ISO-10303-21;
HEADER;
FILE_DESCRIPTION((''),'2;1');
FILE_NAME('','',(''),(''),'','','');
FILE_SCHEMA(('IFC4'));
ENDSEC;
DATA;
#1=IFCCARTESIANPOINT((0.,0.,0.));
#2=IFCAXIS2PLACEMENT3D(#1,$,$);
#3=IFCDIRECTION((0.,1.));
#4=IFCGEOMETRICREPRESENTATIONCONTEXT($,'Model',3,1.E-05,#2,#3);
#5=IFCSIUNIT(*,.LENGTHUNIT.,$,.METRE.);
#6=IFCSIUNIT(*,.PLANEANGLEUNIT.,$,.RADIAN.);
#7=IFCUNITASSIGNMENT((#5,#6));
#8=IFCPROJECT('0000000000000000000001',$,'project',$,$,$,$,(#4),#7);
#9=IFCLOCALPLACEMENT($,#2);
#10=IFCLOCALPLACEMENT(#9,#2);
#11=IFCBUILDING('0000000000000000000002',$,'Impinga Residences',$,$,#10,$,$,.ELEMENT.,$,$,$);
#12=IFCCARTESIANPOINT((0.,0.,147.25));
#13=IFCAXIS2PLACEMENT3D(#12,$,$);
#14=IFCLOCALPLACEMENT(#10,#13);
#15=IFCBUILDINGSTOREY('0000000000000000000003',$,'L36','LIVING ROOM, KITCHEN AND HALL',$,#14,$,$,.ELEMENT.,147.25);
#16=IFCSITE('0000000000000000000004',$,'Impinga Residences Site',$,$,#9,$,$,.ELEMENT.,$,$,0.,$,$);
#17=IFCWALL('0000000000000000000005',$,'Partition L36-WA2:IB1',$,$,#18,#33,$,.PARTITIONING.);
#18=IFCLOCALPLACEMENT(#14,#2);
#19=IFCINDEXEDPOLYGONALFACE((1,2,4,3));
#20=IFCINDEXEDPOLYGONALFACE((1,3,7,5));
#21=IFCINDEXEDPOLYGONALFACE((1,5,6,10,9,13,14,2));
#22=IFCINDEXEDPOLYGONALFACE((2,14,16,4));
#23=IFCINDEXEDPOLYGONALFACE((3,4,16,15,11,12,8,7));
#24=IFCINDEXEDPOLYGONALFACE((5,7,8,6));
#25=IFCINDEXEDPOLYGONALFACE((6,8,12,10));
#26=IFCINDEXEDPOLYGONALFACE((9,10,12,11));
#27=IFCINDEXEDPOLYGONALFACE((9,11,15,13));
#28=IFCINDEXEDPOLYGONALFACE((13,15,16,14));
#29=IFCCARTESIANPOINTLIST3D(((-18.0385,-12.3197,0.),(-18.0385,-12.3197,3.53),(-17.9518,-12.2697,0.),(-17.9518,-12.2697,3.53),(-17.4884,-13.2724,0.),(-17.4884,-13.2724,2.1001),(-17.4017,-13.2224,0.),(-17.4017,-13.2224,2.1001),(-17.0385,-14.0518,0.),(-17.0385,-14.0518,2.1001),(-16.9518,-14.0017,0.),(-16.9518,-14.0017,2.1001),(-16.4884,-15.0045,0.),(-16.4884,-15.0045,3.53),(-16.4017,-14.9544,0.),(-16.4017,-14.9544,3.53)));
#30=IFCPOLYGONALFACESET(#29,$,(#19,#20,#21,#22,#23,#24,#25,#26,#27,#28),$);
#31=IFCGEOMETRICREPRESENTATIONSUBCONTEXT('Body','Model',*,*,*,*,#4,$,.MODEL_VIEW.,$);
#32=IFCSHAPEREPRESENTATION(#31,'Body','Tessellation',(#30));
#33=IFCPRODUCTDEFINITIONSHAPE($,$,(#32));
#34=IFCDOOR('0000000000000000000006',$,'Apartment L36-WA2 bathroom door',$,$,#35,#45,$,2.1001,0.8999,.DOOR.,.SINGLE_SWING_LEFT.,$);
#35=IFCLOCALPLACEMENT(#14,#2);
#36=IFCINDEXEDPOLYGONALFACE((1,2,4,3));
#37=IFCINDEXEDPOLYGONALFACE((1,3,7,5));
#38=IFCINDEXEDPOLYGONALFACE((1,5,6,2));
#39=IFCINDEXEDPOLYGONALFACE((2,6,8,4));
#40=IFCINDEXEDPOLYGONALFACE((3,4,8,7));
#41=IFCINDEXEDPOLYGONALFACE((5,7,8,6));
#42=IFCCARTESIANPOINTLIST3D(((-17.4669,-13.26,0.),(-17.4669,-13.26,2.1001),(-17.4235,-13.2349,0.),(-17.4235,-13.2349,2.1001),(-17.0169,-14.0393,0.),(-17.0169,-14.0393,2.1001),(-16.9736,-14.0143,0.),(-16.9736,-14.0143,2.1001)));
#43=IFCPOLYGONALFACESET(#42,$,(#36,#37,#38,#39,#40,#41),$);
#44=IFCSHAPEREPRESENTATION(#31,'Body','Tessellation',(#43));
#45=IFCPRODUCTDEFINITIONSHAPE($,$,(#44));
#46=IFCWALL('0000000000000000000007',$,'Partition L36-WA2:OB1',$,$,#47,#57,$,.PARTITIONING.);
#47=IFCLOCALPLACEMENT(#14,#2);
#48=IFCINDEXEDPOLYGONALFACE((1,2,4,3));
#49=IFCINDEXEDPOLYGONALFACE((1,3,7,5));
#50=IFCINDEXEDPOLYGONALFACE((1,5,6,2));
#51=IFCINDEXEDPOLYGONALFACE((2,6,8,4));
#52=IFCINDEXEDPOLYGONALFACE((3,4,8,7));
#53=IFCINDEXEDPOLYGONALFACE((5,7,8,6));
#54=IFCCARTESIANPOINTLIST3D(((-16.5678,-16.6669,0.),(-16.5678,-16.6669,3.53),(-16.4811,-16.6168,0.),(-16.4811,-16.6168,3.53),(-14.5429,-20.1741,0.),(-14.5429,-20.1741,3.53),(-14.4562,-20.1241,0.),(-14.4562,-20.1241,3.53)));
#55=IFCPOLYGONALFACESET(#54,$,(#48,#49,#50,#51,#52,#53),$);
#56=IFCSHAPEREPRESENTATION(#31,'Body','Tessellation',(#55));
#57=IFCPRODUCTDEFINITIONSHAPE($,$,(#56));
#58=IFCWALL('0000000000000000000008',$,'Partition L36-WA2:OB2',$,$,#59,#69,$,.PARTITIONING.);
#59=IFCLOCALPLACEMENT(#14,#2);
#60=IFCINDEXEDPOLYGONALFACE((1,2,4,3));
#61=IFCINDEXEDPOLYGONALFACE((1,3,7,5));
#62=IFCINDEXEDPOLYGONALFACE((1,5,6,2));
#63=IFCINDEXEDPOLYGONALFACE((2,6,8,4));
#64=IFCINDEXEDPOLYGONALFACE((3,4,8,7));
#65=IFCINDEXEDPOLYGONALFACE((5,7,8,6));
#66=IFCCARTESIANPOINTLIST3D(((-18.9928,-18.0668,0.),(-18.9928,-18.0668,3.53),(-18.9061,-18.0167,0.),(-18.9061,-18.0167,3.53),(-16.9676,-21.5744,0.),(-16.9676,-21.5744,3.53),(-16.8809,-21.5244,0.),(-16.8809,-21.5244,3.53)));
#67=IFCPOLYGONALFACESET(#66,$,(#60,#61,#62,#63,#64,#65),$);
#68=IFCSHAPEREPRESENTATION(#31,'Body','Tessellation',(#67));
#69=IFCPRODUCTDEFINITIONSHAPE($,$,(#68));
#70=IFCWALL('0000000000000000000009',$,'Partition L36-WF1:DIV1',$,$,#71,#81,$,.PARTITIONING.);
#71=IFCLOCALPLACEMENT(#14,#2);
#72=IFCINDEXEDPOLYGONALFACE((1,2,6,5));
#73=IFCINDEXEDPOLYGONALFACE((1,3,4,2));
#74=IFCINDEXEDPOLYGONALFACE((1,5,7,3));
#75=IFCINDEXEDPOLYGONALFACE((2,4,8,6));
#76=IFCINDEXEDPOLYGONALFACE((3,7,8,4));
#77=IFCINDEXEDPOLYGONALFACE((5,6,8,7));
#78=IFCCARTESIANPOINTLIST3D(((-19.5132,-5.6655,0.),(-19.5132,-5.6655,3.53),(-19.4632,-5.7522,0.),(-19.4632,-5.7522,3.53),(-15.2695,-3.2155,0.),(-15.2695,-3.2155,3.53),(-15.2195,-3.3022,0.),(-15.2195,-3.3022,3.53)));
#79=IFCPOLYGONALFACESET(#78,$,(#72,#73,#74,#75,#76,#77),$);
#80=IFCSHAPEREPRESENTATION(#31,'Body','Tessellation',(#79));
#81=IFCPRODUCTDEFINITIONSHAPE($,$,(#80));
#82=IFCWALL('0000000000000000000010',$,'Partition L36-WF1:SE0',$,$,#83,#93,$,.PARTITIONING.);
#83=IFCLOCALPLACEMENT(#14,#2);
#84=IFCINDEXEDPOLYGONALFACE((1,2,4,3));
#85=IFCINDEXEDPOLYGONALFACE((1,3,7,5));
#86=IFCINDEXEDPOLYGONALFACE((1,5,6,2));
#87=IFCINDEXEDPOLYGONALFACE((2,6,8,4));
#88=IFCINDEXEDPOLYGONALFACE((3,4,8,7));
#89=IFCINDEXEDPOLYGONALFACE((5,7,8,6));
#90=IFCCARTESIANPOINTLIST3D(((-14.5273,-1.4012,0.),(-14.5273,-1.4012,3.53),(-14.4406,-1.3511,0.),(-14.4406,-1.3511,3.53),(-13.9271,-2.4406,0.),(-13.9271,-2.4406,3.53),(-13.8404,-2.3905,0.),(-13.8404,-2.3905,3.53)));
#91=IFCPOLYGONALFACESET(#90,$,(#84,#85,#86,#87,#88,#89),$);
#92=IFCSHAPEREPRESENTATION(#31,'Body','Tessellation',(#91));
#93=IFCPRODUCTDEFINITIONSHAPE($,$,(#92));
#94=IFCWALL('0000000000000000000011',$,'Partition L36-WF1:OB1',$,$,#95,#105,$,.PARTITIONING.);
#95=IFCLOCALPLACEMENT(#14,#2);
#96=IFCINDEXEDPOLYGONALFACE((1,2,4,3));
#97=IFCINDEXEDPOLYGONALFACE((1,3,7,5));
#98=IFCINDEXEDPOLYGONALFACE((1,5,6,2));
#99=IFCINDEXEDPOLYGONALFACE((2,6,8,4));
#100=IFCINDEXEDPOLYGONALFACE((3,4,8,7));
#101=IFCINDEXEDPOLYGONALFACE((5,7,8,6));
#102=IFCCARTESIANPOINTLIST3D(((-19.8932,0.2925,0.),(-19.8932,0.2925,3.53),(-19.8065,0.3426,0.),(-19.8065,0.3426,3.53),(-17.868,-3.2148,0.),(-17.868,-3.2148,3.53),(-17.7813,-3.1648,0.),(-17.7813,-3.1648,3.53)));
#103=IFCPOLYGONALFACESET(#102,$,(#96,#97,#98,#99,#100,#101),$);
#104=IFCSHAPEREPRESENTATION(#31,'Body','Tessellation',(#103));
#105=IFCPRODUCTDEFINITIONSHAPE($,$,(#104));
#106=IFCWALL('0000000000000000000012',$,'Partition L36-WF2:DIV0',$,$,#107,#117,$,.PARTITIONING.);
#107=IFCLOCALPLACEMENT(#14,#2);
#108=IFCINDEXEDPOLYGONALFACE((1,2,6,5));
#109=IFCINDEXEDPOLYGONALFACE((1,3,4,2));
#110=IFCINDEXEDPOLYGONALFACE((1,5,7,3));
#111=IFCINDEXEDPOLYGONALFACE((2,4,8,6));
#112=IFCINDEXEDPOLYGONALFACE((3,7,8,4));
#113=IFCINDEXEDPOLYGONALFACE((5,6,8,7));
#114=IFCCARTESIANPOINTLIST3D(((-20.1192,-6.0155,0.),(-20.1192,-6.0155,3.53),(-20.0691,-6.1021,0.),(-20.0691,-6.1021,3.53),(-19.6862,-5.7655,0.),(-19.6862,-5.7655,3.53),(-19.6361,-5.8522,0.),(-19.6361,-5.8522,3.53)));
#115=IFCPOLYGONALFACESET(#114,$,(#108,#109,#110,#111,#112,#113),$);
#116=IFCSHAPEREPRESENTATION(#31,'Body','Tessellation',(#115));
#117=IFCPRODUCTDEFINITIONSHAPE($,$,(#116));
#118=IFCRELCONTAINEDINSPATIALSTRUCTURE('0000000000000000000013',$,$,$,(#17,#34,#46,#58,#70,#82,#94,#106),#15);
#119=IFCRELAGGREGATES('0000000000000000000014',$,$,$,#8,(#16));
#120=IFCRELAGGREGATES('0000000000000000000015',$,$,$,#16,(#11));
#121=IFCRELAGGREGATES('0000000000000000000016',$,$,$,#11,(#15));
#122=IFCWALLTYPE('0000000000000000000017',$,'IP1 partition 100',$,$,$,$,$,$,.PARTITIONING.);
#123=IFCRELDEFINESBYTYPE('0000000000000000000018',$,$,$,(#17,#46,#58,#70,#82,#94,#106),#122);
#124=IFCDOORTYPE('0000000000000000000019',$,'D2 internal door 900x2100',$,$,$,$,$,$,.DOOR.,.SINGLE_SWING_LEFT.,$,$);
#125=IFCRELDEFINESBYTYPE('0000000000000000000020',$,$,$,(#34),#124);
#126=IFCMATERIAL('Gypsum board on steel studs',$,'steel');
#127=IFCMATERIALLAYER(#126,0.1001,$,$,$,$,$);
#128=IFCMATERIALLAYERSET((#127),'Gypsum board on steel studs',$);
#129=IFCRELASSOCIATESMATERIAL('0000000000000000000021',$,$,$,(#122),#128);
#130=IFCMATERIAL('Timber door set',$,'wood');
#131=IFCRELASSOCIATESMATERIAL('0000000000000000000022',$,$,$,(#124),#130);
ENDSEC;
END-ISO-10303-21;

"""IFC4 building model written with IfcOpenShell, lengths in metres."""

from ifc_helpers import new_model, si_unit, direction, frame, frame_2d, origin, place, context, subcontext, project, spatial, rectangle, extrude, material, layer, layer_set, type_object, element, fill, save


model = new_model("IFC4")

# Units and contexts
model_context = context("Model", 3, precision=1e-05, world=origin(), true_north=direction((0.0, 1.0)))
body_context = subcontext(model_context, "Body", "Model", "MODEL_VIEW")
ifc_project = project(units=[si_unit("LENGTHUNIT", "METRE"), si_unit("PLANEANGLEUNIT", "RADIAN")], contexts=[model_context])

# Site, building, storey
site_placement = place(None, origin())
site = spatial("IfcSite", under=ifc_project, at=site_placement, Name="Impinga Residences Site", CompositionType="ELEMENT", RefElevation=0.0)
building_placement = place(site_placement, origin())
building = spatial("IfcBuilding", under=site, at=building_placement, Name="Impinga Residences", CompositionType="ELEMENT")
storey_placement = place(building_placement, frame((0.0, 0.0, 147.25)))
storey = spatial("IfcBuildingStorey", under=building, at=storey_placement, Name="L36", Description="LIVING ROOM, KITCHEN AND HALL", CompositionType="ELEMENT", Elevation=147.25)

# Shared definitions
ifc_material_1 = material(Name="Gypsum board on steel studs", Category="steel")
ifc_layer_1 = layer(ifc_material_1, 0.1001)
ifc_layer_set_1 = layer_set([ifc_layer_1], Name="Gypsum board on steel studs")
wall_type_1 = type_object("IfcWallType", Name="IP1 partition 100", PredefinedType="PARTITIONING", material=ifc_layer_set_1)

# Shared definitions
ifc_material_2 = material(Name="Timber door set", Category="wood")
door_type = type_object("IfcDoorType", Name="D2 internal door 900x2100", OperationType="SINGLE_SWING_LEFT", PredefinedType="DOOR", material=ifc_material_2)

# Wall, opening, door
wall_1_placement = place(storey_placement, frame((-17.9951, -12.2947, 0.0), z_axis=(0.0, 0.0, 1.0), x_axis=(0.499993, -0.86603, 0.0)))
wall_1 = element("IfcWall", 1, at=wall_1_placement, inside=storey, type_object=wall_type_1, Name="Partition L36-WA2:IB1", PredefinedType="PARTITIONING", context=body_context, shape_type="SweptSolid", body=[
    extrude(rectangle(XDim=3.1001, YDim=0.1001, at=frame_2d((1.55, 0.0))), origin(), (0.0, 0.0, 1.0), 3.53),
])
opening_1_placement = place(wall_1_placement, frame((1.1001, 0.0, 0.0)))
opening_1 = element("IfcOpeningElement", 2, at=opening_1_placement, cuts=wall_1, PredefinedType="OPENING", context=body_context, shape_type="SweptSolid", body=[
    extrude(rectangle(XDim=0.8999, YDim=2.1001, at=frame_2d((0.45, 1.05))), frame((0.0, 0.0601, 0.0), z_axis=(0.0, -1.0, 0.0), x_axis=(1.0, 0.0, 0.0)), (0.0, 0.0, 1.0), 0.1201),
])
door_1_placement = place(opening_1_placement, origin())
door_1 = element("IfcDoor", 3, at=door_1_placement, inside=storey, type_object=door_type, Name="Apartment L36-WA2 bathroom door", OperationType="SINGLE_SWING_LEFT", OverallHeight=2.1001, OverallWidth=0.8999, PredefinedType="DOOR", context=body_context, shape_type="SweptSolid", body=[
    extrude(rectangle(XDim=0.8999, YDim=2.1001, at=frame_2d((0.45, 1.05))), frame((0.0, 0.0249, 0.0), z_axis=(0.0, -1.0, 0.0), x_axis=(1.0, 0.0, 0.0)), (0.0, 0.0, 1.0), 0.05),
])
fill(opening_1, door_1)

# Walls
wall_2_placement = place(storey_placement, frame((-16.5244, -16.6418, 0.0), z_axis=(0.0, 0.0, 1.0), x_axis=(0.49999, -0.866031, 0.0)))
element("IfcWall", 4, at=wall_2_placement, inside=storey, type_object=wall_type_1, Name="Partition L36-WA2:OB1", PredefinedType="PARTITIONING", context=body_context, shape_type="SweptSolid", body=[
    extrude(rectangle(XDim=4.0498, YDim=0.1001, at=frame_2d((2.0249, 0.0))), origin(), (0.0, 0.0, 1.0), 3.53),
])
wall_3_placement = place(storey_placement, frame((-18.9495, -18.0417, 0.0), z_axis=(0.0, 0.0, 1.0), x_axis=(0.500009, -0.86602, 0.0)))
element("IfcWall", 5, at=wall_3_placement, inside=storey, type_object=wall_type_1, Name="Partition L36-WA2:OB2", PredefinedType="PARTITIONING", context=body_context, shape_type="SweptSolid", body=[
    extrude(rectangle(XDim=4.0503, YDim=0.1001, at=frame_2d((2.0251, 0.0))), origin(), (0.0, 0.0, 1.0), 3.53),
])
wall_4_placement = place(storey_placement, frame((-15.2444, -3.2588, 0.0), z_axis=(0.0, 0.0, 1.0), x_axis=(-0.866036, -0.499981, 0.0)))
element("IfcWall", 6, at=wall_4_placement, inside=storey, type_object=wall_type_1, Name="Partition L36-WF1:DIV1", PredefinedType="PARTITIONING", context=body_context, shape_type="SweptSolid", body=[
    extrude(rectangle(XDim=4.9001, YDim=0.1001, at=frame_2d((2.4502, 0.0))), origin(), (0.0, 0.0, 1.0), 3.53),
])
wall_5_placement = place(storey_placement, frame((-13.8838, -2.4155, 0.0), z_axis=(0.0, 0.0, 1.0), x_axis=(-0.500034, 0.866006, 0.0)))
element("IfcWall", 7, at=wall_5_placement, inside=storey, type_object=wall_type_1, Name="Partition L36-WF1:SE0", PredefinedType="PARTITIONING", context=body_context, shape_type="SweptSolid", body=[
    extrude(rectangle(XDim=1.2002, YDim=0.1001, at=frame_2d((0.6001, 0.0))), origin(), (0.0, 0.0, 1.0), 3.53),
])
wall_6_placement = place(storey_placement, frame((-17.8247, -3.1897, 0.0), z_axis=(0.0, 0.0, 1.0), x_axis=(-0.500036, 0.866005, 0.0)))
element("IfcWall", 8, at=wall_6_placement, inside=storey, type_object=wall_type_1, Name="Partition L36-WF1:OB1", PredefinedType="PARTITIONING", context=body_context, shape_type="SweptSolid", body=[
    extrude(rectangle(XDim=4.05, YDim=0.1001, at=frame_2d((2.0249, 0.0))), origin(), (0.0, 0.0, 1.0), 3.53),
])
wall_7_placement = place(storey_placement, frame((-19.6611, -5.8088, 0.0), z_axis=(0.0, 0.0, 1.0), x_axis=(-0.866072, -0.49992, 0.0)))
element("IfcWall", 9, at=wall_7_placement, inside=storey, type_object=wall_type_1, Name="Partition L36-WF2:DIV0", PredefinedType="PARTITIONING", context=body_context, shape_type="SweptSolid", body=[
    extrude(rectangle(XDim=0.5, YDim=0.1001, at=frame_2d((0.25, 0.0))), origin(), (0.0, 0.0, 1.0), 3.53),
])

save(model, "model.ifc")
